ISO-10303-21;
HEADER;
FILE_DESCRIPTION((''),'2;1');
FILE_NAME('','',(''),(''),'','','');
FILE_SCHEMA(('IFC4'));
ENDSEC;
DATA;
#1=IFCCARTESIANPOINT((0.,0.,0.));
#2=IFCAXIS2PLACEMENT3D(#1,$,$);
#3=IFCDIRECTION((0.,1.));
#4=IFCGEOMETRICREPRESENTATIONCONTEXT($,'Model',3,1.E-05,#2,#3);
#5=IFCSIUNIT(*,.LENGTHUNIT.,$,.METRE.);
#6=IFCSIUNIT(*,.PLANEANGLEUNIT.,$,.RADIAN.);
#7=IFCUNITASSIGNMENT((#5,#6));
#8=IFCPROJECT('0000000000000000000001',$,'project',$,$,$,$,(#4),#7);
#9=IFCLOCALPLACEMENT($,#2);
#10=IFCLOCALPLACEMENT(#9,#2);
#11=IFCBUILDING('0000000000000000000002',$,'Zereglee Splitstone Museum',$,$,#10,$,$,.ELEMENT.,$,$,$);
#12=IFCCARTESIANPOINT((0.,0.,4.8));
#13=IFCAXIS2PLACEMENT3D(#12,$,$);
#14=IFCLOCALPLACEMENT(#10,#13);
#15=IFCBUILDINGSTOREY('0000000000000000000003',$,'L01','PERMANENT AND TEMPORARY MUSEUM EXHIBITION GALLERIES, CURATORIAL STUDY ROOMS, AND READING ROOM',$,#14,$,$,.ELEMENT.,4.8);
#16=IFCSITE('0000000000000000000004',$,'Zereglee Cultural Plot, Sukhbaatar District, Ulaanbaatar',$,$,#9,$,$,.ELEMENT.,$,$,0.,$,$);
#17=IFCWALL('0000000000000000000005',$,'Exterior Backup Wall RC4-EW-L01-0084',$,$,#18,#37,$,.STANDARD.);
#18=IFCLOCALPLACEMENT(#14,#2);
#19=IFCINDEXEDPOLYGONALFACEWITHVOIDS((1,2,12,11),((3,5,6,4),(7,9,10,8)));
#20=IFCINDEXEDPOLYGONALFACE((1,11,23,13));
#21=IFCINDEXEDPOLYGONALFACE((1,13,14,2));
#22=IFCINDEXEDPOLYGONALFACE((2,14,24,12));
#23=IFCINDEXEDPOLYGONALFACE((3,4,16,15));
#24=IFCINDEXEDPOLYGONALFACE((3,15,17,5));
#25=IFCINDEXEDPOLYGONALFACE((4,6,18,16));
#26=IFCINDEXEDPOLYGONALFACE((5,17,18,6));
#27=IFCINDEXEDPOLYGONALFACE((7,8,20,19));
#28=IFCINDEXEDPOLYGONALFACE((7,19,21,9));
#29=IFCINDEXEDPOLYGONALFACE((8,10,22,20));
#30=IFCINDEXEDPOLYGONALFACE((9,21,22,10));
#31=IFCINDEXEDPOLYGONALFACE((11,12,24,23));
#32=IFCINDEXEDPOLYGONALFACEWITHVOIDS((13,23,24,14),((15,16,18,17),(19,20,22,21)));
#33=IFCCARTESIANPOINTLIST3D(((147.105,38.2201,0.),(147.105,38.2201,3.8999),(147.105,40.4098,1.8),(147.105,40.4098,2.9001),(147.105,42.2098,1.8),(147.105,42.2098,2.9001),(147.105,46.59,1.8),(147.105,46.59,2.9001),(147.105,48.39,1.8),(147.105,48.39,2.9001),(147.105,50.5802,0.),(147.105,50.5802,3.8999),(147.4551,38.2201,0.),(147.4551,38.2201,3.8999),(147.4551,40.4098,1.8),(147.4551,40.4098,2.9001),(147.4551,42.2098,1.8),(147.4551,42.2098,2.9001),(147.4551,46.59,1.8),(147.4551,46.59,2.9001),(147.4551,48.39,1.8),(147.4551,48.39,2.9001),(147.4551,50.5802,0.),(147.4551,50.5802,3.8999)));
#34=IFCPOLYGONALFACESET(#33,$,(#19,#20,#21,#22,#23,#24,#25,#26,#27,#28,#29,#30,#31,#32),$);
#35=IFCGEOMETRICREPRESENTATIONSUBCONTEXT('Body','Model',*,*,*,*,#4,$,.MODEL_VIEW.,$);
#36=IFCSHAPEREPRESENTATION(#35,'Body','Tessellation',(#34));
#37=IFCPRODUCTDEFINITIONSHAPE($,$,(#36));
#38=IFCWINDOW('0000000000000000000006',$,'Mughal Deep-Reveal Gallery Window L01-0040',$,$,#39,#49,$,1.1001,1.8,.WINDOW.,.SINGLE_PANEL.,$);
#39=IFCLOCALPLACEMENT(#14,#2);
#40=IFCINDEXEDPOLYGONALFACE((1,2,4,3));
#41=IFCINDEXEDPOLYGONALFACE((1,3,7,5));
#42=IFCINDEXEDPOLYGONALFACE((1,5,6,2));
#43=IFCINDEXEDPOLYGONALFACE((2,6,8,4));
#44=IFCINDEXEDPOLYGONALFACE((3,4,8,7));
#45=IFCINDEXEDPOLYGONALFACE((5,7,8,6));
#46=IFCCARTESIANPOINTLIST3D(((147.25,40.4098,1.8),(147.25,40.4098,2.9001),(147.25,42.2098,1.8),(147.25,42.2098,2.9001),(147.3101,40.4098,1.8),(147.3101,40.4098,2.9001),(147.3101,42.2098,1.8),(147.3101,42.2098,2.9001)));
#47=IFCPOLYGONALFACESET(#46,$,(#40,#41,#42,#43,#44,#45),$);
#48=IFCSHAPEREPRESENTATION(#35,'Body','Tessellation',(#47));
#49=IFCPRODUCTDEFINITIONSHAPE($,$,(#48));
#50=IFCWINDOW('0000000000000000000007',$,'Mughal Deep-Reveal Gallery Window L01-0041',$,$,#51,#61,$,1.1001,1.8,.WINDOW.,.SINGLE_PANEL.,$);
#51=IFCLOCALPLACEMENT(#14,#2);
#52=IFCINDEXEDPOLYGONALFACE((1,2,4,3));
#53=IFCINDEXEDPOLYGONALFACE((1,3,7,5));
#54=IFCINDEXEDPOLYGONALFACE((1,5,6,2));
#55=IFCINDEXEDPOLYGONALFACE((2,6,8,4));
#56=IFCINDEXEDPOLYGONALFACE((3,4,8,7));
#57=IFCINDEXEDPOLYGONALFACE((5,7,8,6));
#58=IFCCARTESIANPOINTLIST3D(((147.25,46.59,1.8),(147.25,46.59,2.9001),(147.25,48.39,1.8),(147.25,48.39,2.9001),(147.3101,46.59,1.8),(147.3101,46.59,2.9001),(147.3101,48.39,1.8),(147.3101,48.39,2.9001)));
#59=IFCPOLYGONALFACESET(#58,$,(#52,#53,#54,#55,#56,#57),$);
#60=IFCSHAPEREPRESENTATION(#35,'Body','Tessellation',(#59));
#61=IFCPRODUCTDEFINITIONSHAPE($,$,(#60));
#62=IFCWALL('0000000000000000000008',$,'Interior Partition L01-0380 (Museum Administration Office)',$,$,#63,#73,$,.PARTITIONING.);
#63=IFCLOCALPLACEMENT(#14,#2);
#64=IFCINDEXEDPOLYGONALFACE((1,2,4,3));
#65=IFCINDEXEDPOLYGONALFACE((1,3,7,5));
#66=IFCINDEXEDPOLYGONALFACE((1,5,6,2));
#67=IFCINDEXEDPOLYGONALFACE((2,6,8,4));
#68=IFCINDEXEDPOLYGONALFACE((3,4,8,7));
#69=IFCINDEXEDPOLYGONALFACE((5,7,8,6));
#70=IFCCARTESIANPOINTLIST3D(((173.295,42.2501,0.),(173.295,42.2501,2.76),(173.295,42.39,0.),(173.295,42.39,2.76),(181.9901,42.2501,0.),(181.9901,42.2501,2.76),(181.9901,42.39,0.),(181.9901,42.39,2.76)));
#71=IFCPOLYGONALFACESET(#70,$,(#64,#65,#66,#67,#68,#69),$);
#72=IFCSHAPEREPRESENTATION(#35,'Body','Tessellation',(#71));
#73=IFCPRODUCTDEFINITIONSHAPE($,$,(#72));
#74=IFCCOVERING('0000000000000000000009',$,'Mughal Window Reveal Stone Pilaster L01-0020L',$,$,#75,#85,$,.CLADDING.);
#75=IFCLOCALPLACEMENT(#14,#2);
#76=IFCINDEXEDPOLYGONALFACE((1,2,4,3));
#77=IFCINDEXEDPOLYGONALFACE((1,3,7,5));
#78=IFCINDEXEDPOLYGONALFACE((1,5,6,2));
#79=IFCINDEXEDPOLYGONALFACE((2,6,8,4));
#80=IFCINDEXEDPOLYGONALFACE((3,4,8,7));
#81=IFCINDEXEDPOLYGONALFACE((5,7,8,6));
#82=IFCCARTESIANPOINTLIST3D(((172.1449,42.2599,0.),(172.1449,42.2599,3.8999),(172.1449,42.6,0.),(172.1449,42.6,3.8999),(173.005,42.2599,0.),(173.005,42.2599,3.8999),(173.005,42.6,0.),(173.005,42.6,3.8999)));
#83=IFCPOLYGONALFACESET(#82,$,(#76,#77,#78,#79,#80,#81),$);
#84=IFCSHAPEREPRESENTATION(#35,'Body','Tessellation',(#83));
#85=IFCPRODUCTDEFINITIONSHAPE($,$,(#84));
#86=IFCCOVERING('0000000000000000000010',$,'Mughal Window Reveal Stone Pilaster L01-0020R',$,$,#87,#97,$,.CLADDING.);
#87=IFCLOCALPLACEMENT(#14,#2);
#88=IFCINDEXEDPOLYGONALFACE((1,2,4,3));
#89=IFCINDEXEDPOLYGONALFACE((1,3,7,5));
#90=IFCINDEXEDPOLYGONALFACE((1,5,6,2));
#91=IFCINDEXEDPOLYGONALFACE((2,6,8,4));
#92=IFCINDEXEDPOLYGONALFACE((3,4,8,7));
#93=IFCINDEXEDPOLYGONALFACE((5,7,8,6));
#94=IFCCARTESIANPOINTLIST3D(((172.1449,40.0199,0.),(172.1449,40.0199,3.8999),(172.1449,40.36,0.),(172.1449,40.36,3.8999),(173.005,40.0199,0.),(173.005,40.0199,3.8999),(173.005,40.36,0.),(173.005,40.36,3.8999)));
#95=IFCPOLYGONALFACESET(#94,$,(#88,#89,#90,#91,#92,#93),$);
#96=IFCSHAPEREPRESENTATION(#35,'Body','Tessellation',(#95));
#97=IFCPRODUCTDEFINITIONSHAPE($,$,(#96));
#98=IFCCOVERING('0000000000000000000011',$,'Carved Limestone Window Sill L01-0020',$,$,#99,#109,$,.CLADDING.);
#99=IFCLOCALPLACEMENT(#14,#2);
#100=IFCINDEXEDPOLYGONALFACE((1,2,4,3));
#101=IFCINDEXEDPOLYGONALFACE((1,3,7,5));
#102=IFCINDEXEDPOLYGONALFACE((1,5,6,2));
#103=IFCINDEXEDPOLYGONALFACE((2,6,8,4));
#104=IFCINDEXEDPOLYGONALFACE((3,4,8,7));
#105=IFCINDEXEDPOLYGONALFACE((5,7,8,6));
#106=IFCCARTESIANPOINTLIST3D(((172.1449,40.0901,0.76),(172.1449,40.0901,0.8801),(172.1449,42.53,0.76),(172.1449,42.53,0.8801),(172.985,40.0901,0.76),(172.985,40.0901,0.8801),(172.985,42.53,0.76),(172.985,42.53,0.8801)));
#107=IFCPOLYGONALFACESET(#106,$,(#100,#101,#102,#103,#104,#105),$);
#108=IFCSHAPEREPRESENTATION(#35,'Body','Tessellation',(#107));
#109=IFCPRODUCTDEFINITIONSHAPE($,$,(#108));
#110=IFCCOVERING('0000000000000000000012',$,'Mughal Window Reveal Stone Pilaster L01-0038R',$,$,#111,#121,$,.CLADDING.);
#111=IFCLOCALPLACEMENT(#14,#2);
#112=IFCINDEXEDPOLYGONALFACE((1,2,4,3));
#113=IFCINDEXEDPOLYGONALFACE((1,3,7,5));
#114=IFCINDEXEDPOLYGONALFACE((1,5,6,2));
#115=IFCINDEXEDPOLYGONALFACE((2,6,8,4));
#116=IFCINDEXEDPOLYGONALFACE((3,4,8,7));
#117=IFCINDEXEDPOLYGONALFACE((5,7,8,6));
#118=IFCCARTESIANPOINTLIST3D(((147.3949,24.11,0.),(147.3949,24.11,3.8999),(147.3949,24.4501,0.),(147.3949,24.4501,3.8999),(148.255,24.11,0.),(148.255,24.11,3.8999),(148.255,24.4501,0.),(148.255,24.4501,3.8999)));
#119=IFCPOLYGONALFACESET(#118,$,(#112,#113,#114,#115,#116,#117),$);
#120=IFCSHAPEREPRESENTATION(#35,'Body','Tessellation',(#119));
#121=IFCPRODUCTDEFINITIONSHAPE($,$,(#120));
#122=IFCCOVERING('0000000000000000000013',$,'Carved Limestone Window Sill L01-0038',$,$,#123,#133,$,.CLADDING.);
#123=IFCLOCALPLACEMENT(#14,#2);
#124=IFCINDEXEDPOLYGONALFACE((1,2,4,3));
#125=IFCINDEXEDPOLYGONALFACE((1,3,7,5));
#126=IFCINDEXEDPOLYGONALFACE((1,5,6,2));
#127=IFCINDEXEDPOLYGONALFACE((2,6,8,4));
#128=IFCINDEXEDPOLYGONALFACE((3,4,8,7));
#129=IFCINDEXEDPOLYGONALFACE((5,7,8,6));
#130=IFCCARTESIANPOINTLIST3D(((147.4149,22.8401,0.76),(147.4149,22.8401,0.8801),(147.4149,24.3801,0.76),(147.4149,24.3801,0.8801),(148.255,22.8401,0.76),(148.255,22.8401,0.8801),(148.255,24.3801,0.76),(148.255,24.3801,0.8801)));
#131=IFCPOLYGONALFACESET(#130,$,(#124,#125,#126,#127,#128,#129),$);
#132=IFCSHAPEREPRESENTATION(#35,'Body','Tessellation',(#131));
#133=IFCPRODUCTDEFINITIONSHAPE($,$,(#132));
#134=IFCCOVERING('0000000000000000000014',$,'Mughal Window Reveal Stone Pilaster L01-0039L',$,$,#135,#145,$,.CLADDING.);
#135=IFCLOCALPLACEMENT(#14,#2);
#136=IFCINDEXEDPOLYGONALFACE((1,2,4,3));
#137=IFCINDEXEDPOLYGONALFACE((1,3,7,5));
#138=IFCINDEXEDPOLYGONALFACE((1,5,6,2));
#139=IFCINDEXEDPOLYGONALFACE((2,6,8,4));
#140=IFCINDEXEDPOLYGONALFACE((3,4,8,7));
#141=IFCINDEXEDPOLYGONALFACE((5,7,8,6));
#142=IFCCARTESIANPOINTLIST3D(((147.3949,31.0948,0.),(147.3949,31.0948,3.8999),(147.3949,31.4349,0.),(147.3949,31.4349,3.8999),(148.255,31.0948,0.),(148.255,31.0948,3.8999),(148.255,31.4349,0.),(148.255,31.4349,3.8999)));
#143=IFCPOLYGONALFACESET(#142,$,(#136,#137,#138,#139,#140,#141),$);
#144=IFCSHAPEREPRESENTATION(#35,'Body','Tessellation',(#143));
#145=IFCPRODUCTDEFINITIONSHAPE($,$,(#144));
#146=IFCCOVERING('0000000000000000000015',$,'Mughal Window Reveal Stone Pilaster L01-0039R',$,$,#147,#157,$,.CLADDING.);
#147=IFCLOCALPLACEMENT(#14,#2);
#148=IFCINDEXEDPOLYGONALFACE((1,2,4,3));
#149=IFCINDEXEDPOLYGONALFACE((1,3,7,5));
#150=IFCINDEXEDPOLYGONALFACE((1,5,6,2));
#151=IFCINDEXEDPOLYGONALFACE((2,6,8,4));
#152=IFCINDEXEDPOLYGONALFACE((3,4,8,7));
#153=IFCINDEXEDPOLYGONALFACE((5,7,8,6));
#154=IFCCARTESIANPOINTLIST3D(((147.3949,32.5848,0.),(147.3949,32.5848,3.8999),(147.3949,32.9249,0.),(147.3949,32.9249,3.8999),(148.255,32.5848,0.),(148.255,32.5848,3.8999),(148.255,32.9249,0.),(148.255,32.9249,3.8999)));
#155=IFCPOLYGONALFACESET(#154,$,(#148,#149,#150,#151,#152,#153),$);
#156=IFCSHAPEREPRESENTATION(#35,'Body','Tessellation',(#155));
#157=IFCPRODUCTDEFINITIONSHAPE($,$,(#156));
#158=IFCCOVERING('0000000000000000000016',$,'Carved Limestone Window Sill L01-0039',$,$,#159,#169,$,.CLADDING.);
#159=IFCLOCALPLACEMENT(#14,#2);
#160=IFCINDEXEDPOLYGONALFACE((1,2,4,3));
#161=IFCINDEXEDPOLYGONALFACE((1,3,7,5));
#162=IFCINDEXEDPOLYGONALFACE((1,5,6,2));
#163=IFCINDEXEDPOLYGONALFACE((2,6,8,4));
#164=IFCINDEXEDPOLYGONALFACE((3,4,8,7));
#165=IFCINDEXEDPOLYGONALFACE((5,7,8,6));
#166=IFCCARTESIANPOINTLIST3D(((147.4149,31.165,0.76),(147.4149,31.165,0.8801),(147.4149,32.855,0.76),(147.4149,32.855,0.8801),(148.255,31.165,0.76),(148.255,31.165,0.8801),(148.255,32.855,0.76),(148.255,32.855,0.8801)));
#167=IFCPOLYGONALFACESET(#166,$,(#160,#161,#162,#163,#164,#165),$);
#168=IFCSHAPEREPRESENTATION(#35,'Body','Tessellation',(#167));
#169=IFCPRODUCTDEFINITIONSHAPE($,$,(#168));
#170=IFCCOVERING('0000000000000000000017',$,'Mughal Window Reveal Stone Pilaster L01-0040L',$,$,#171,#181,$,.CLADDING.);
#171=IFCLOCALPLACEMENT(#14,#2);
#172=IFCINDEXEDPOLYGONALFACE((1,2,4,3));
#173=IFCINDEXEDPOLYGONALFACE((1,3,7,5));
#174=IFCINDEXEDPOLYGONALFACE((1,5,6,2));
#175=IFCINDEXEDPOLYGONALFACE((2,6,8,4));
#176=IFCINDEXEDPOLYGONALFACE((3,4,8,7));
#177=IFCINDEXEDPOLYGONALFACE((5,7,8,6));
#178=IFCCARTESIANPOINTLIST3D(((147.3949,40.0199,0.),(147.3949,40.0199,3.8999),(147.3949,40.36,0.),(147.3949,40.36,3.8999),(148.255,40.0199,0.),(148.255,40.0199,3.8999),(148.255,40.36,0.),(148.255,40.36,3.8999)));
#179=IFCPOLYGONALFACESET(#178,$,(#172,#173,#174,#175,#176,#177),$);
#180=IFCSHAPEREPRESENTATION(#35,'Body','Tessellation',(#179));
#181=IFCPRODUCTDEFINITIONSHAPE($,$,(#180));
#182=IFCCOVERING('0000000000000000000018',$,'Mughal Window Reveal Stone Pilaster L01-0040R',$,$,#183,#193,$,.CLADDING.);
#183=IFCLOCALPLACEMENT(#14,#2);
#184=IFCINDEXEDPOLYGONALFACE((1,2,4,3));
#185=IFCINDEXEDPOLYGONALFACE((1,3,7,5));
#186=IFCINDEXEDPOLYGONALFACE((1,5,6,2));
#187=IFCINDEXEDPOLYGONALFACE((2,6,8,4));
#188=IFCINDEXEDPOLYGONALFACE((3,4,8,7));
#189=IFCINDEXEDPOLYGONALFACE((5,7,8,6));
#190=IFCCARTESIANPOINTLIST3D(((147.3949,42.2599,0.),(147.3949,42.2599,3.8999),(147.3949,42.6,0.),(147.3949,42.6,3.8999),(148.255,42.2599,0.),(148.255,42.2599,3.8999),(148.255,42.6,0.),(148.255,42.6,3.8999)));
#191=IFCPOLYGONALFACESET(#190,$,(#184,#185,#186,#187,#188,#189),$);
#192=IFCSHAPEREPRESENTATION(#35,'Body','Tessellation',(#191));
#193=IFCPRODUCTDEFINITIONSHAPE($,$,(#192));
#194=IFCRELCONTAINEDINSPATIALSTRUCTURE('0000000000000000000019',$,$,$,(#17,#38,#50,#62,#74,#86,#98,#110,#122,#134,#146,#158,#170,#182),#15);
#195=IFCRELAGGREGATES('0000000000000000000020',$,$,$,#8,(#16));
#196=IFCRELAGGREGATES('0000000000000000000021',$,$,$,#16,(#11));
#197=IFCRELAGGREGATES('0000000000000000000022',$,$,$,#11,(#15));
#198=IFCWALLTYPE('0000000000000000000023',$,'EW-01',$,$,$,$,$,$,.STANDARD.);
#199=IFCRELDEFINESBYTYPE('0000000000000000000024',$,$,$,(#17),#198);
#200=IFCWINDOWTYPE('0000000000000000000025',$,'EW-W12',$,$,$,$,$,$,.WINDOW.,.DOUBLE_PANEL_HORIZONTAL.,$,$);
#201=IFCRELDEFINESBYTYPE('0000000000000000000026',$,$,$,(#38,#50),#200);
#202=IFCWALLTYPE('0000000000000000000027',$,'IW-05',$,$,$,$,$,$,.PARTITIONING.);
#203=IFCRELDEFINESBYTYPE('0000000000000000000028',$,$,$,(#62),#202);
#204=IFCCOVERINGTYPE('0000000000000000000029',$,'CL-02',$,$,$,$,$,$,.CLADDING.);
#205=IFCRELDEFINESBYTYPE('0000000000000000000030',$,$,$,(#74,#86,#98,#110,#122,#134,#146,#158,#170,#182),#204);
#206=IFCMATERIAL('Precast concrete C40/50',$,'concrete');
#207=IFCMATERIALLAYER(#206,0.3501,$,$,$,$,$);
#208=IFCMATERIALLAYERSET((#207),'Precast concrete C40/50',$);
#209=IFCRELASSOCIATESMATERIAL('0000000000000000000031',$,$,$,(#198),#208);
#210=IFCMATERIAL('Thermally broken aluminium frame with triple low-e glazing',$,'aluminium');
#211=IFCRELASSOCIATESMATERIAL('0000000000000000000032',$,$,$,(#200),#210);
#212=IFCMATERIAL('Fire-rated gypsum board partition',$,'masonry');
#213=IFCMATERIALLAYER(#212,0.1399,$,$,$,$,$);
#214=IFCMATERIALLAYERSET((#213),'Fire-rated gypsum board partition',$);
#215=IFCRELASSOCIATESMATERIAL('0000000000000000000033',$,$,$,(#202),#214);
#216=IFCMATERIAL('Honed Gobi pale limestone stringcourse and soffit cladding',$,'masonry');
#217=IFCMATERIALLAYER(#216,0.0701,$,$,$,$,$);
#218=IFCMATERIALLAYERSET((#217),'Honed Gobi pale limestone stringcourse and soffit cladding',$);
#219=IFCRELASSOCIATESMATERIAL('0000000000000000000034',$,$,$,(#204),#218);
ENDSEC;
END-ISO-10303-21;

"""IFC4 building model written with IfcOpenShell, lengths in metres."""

from ifc_helpers import new_model, si_unit, direction, frame, frame_2d, origin, origin_2d, place, context, subcontext, project, spatial, rectangle, extrude, material, layer, layer_set, type_object, element, fill, save


model = new_model("IFC4")

# Units and contexts
model_context = context("Model", 3, precision=1e-05, world=origin(), true_north=direction((0.0, 1.0)))
body_context = subcontext(model_context, "Body", "Model", "MODEL_VIEW")
ifc_project = project(units=[si_unit("LENGTHUNIT", "METRE"), si_unit("PLANEANGLEUNIT", "RADIAN")], contexts=[model_context])

# Site, building, storey
site_placement = place(None, origin())
site = spatial("IfcSite", under=ifc_project, at=site_placement, Name="Zereglee Cultural Plot, Sukhbaatar District, Ulaanbaatar", CompositionType="ELEMENT", RefElevation=0.0)
building_placement = place(site_placement, origin())
building = spatial("IfcBuilding", under=site, at=building_placement, Name="Zereglee Splitstone Museum", CompositionType="ELEMENT")
storey_placement = place(building_placement, frame((0.0, 0.0, 4.8)))
storey = spatial("IfcBuildingStorey", under=building, at=storey_placement, Name="L01", Description="PERMANENT AND TEMPORARY MUSEUM EXHIBITION GALLERIES, CURATORIAL STUDY ROOMS, AND READING ROOM", CompositionType="ELEMENT", Elevation=4.8)

# Shared definitions
ifc_material_1 = material(Name="Precast concrete C40/50", Category="concrete")
ifc_layer_1 = layer(ifc_material_1, 0.3501)
ifc_layer_set_1 = layer_set([ifc_layer_1], Name="Precast concrete C40/50")
wall_type_1 = type_object("IfcWallType", Name="EW-01", PredefinedType="STANDARD", material=ifc_layer_set_1)

# Shared definitions
ifc_material_2 = material(Name="Thermally broken aluminium frame with triple low-e glazing", Category="aluminium")
window_type = type_object("IfcWindowType", Name="EW-W12", PartitioningType="DOUBLE_PANEL_HORIZONTAL", PredefinedType="WINDOW", material=ifc_material_2)

# Wall, openings, windows
wall_1_placement = place(storey_placement, frame((147.28, 38.22, 0.0), z_axis=(0.0, 0.0, 1.0), x_axis=(0.0, 1.0, 0.0)))
wall_1 = element("IfcWall", 1, at=wall_1_placement, inside=storey, type_object=wall_type_1, Name="Exterior Backup Wall RC4-EW-L01-0084", PredefinedType="STANDARD", context=body_context, shape_type="SweptSolid", body=[
    extrude(rectangle(XDim=12.3601, YDim=0.3501, at=frame_2d((6.1802, 0.0))), origin(), (0.0, 0.0, 1.0), 3.8999),
])
opening_1_placement = place(wall_1_placement, frame((2.1899, 0.0, 1.8)))
opening_1 = element("IfcOpeningElement", 2, at=opening_1_placement, cuts=wall_1, PredefinedType="OPENING", context=body_context, shape_type="SweptSolid", body=[
    extrude(rectangle(XDim=1.8, YDim=1.1001, at=frame_2d((0.8999, 0.55))), frame((0.0, 0.1899, 0.0), z_axis=(0.0, -1.0, 0.0), x_axis=(1.0, 0.0, 0.0)), (0.0, 0.0, 1.0), 0.3799),
])
opening_2_placement = place(wall_1_placement, frame((8.3701, 0.0, 1.8)))
opening_2 = element("IfcOpeningElement", 3, at=opening_2_placement, cuts=wall_1, PredefinedType="OPENING", context=body_context, shape_type="SweptSolid", body=[
    extrude(rectangle(XDim=1.8, YDim=1.1001, at=frame_2d((0.8999, 0.55))), frame((0.0, 0.1899, 0.0), z_axis=(0.0, -1.0, 0.0), x_axis=(1.0, 0.0, 0.0)), (0.0, 0.0, 1.0), 0.3799),
])
window_1_placement = place(opening_1_placement, origin())
window_1 = element("IfcWindow", 4, at=window_1_placement, inside=storey, type_object=window_type, Name="Mughal Deep-Reveal Gallery Window L01-0040", OverallHeight=1.1001, OverallWidth=1.8, PartitioningType="SINGLE_PANEL", PredefinedType="WINDOW", context=body_context, shape_type="SweptSolid", body=[
    extrude(rectangle(XDim=1.8, YDim=1.1001, at=frame_2d((0.8999, 0.55))), frame((0.0, 0.03, 0.0), z_axis=(0.0, -1.0, 0.0), x_axis=(1.0, 0.0, 0.0)), (0.0, 0.0, 1.0), 0.0601),
])
fill(opening_1, window_1)
window_2_placement = place(opening_2_placement, origin())
window_2 = element("IfcWindow", 5, at=window_2_placement, inside=storey, type_object=window_type, Name="Mughal Deep-Reveal Gallery Window L01-0041", OverallHeight=1.1001, OverallWidth=1.8, PartitioningType="SINGLE_PANEL", PredefinedType="WINDOW", context=body_context, shape_type="SweptSolid", body=[
    extrude(rectangle(XDim=1.8, YDim=1.1001, at=frame_2d((0.8999, 0.55))), frame((0.0, 0.03, 0.0), z_axis=(0.0, -1.0, 0.0), x_axis=(1.0, 0.0, 0.0)), (0.0, 0.0, 1.0), 0.0601),
])
fill(opening_2, window_2)

# Wall
ifc_material_3 = material(Name="Fire-rated gypsum board partition", Category="masonry")
ifc_layer_2 = layer(ifc_material_3, 0.1399)
ifc_layer_set_2 = layer_set([ifc_layer_2], Name="Fire-rated gypsum board partition")
wall_type_2 = type_object("IfcWallType", Name="IW-05", PredefinedType="PARTITIONING", material=ifc_layer_set_2)
wall_2_placement = place(storey_placement, frame((173.2949, 42.3201, 0.0), z_axis=(0.0, 0.0, 1.0), x_axis=(1.0, 0.0, 0.0)))
element("IfcWall", 6, at=wall_2_placement, inside=storey, type_object=wall_type_2, Name="Interior Partition L01-0380 (Museum Administration Office)", PredefinedType="PARTITIONING", context=body_context, shape_type="SweptSolid", body=[
    extrude(rectangle(XDim=8.6951, YDim=0.1399, at=frame_2d((4.3477, 0.0))), origin(), (0.0, 0.0, 1.0), 2.76),
])

# Coverings
ifc_material_4 = material(Name="Honed Gobi pale limestone stringcourse and soffit cladding", Category="masonry")
ifc_layer_3 = layer(ifc_material_4, 0.0701)
ifc_layer_set_3 = layer_set([ifc_layer_3], Name="Honed Gobi pale limestone stringcourse and soffit cladding")
covering_type_1 = type_object("IfcCoveringType", Name="CL-02", PredefinedType="CLADDING", material=ifc_layer_set_3)
for number, where, z_axis, x_axis, name in (
    (7, (172.575, 42.4299, 0.0), (0.0, 0.0, 1.0), (0.0, -1.0, 0.0), "Mughal Window Reveal Stone Pilaster L01-0020L"),
    (8, (172.575, 40.1899, 0.0), (0.0, 0.0, 1.0), (0.0, -1.0, 0.0), "Mughal Window Reveal Stone Pilaster L01-0020R"),
):
    element("IfcCovering", number, at=place(storey_placement, frame(where, z_axis=z_axis, x_axis=x_axis)), inside=storey, type_object=covering_type_1, Name=name, PredefinedType="CLADDING", context=body_context, shape_type="SweptSolid", body=[
        extrude(rectangle(XDim=0.3401, YDim=0.8601, at=origin_2d()), origin(), (0.0, 0.0, 1.0), 3.8999),
    ])
covering_1_placement = place(storey_placement, frame((172.5649, 41.3101, 0.76), z_axis=(0.0, 0.0, 1.0), x_axis=(0.0, -1.0, 0.0)))
element("IfcCovering", 9, at=covering_1_placement, inside=storey, type_object=covering_type_1, Name="Carved Limestone Window Sill L01-0020", PredefinedType="CLADDING", context=body_context, shape_type="SweptSolid", body=[
    extrude(rectangle(XDim=2.4399, YDim=0.8401, at=origin_2d()), origin(), (0.0, 0.0, 1.0), 0.1201),
])
covering_2_placement = place(storey_placement, frame((147.825, 24.28, 0.0), z_axis=(0.0, 0.0, 1.0), x_axis=(0.0, 1.0, 0.0)))
element("IfcCovering", 10, at=covering_2_placement, inside=storey, type_object=covering_type_1, Name="Mughal Window Reveal Stone Pilaster L01-0038R", PredefinedType="CLADDING", context=body_context, shape_type="SweptSolid", body=[
    extrude(rectangle(XDim=0.3401, YDim=0.8601, at=origin_2d()), origin(), (0.0, 0.0, 1.0), 3.8999),
])
covering_3_placement = place(storey_placement, frame((147.835, 23.6101, 0.76), z_axis=(0.0, 0.0, 1.0), x_axis=(0.0, 1.0, 0.0)))
element("IfcCovering", 11, at=covering_3_placement, inside=storey, type_object=covering_type_1, Name="Carved Limestone Window Sill L01-0038", PredefinedType="CLADDING", context=body_context, shape_type="SweptSolid", body=[
    extrude(rectangle(XDim=1.54, YDim=0.8401, at=origin_2d()), origin(), (0.0, 0.0, 1.0), 0.1201),
])
for number, where, z_axis, x_axis, name in (
    (12, (147.825, 31.2649, 0.0), (0.0, 0.0, 1.0), (0.0, 1.0, 0.0), "Mughal Window Reveal Stone Pilaster L01-0039L"),
    (13, (147.825, 32.7549, 0.0), (0.0, 0.0, 1.0), (0.0, 1.0, 0.0), "Mughal Window Reveal Stone Pilaster L01-0039R"),
):
    element("IfcCovering", number, at=place(storey_placement, frame(where, z_axis=z_axis, x_axis=x_axis)), inside=storey, type_object=covering_type_1, Name=name, PredefinedType="CLADDING", context=body_context, shape_type="SweptSolid", body=[
        extrude(rectangle(XDim=0.3401, YDim=0.8601, at=origin_2d()), origin(), (0.0, 0.0, 1.0), 3.8999),
    ])
covering_4_placement = place(storey_placement, frame((147.835, 32.01, 0.76), z_axis=(0.0, 0.0, 1.0), x_axis=(0.0, 1.0, 0.0)))
element("IfcCovering", 14, at=covering_4_placement, inside=storey, type_object=covering_type_1, Name="Carved Limestone Window Sill L01-0039", PredefinedType="CLADDING", context=body_context, shape_type="SweptSolid", body=[
    extrude(rectangle(XDim=1.6899, YDim=0.8401, at=origin_2d()), origin(), (0.0, 0.0, 1.0), 0.1201),
])
for number, where, z_axis, x_axis, name in (
    (15, (147.825, 40.1899, 0.0), (0.0, 0.0, 1.0), (0.0, 1.0, 0.0), "Mughal Window Reveal Stone Pilaster L01-0040L"),
    (16, (147.825, 42.4299, 0.0), (0.0, 0.0, 1.0), (0.0, 1.0, 0.0), "Mughal Window Reveal Stone Pilaster L01-0040R"),
):
    element("IfcCovering", number, at=place(storey_placement, frame(where, z_axis=z_axis, x_axis=x_axis)), inside=storey, type_object=covering_type_1, Name=name, PredefinedType="CLADDING", context=body_context, shape_type="SweptSolid", body=[
        extrude(rectangle(XDim=0.3401, YDim=0.8601, at=origin_2d()), origin(), (0.0, 0.0, 1.0), 3.8999),
    ])

save(model, "model.ifc")
